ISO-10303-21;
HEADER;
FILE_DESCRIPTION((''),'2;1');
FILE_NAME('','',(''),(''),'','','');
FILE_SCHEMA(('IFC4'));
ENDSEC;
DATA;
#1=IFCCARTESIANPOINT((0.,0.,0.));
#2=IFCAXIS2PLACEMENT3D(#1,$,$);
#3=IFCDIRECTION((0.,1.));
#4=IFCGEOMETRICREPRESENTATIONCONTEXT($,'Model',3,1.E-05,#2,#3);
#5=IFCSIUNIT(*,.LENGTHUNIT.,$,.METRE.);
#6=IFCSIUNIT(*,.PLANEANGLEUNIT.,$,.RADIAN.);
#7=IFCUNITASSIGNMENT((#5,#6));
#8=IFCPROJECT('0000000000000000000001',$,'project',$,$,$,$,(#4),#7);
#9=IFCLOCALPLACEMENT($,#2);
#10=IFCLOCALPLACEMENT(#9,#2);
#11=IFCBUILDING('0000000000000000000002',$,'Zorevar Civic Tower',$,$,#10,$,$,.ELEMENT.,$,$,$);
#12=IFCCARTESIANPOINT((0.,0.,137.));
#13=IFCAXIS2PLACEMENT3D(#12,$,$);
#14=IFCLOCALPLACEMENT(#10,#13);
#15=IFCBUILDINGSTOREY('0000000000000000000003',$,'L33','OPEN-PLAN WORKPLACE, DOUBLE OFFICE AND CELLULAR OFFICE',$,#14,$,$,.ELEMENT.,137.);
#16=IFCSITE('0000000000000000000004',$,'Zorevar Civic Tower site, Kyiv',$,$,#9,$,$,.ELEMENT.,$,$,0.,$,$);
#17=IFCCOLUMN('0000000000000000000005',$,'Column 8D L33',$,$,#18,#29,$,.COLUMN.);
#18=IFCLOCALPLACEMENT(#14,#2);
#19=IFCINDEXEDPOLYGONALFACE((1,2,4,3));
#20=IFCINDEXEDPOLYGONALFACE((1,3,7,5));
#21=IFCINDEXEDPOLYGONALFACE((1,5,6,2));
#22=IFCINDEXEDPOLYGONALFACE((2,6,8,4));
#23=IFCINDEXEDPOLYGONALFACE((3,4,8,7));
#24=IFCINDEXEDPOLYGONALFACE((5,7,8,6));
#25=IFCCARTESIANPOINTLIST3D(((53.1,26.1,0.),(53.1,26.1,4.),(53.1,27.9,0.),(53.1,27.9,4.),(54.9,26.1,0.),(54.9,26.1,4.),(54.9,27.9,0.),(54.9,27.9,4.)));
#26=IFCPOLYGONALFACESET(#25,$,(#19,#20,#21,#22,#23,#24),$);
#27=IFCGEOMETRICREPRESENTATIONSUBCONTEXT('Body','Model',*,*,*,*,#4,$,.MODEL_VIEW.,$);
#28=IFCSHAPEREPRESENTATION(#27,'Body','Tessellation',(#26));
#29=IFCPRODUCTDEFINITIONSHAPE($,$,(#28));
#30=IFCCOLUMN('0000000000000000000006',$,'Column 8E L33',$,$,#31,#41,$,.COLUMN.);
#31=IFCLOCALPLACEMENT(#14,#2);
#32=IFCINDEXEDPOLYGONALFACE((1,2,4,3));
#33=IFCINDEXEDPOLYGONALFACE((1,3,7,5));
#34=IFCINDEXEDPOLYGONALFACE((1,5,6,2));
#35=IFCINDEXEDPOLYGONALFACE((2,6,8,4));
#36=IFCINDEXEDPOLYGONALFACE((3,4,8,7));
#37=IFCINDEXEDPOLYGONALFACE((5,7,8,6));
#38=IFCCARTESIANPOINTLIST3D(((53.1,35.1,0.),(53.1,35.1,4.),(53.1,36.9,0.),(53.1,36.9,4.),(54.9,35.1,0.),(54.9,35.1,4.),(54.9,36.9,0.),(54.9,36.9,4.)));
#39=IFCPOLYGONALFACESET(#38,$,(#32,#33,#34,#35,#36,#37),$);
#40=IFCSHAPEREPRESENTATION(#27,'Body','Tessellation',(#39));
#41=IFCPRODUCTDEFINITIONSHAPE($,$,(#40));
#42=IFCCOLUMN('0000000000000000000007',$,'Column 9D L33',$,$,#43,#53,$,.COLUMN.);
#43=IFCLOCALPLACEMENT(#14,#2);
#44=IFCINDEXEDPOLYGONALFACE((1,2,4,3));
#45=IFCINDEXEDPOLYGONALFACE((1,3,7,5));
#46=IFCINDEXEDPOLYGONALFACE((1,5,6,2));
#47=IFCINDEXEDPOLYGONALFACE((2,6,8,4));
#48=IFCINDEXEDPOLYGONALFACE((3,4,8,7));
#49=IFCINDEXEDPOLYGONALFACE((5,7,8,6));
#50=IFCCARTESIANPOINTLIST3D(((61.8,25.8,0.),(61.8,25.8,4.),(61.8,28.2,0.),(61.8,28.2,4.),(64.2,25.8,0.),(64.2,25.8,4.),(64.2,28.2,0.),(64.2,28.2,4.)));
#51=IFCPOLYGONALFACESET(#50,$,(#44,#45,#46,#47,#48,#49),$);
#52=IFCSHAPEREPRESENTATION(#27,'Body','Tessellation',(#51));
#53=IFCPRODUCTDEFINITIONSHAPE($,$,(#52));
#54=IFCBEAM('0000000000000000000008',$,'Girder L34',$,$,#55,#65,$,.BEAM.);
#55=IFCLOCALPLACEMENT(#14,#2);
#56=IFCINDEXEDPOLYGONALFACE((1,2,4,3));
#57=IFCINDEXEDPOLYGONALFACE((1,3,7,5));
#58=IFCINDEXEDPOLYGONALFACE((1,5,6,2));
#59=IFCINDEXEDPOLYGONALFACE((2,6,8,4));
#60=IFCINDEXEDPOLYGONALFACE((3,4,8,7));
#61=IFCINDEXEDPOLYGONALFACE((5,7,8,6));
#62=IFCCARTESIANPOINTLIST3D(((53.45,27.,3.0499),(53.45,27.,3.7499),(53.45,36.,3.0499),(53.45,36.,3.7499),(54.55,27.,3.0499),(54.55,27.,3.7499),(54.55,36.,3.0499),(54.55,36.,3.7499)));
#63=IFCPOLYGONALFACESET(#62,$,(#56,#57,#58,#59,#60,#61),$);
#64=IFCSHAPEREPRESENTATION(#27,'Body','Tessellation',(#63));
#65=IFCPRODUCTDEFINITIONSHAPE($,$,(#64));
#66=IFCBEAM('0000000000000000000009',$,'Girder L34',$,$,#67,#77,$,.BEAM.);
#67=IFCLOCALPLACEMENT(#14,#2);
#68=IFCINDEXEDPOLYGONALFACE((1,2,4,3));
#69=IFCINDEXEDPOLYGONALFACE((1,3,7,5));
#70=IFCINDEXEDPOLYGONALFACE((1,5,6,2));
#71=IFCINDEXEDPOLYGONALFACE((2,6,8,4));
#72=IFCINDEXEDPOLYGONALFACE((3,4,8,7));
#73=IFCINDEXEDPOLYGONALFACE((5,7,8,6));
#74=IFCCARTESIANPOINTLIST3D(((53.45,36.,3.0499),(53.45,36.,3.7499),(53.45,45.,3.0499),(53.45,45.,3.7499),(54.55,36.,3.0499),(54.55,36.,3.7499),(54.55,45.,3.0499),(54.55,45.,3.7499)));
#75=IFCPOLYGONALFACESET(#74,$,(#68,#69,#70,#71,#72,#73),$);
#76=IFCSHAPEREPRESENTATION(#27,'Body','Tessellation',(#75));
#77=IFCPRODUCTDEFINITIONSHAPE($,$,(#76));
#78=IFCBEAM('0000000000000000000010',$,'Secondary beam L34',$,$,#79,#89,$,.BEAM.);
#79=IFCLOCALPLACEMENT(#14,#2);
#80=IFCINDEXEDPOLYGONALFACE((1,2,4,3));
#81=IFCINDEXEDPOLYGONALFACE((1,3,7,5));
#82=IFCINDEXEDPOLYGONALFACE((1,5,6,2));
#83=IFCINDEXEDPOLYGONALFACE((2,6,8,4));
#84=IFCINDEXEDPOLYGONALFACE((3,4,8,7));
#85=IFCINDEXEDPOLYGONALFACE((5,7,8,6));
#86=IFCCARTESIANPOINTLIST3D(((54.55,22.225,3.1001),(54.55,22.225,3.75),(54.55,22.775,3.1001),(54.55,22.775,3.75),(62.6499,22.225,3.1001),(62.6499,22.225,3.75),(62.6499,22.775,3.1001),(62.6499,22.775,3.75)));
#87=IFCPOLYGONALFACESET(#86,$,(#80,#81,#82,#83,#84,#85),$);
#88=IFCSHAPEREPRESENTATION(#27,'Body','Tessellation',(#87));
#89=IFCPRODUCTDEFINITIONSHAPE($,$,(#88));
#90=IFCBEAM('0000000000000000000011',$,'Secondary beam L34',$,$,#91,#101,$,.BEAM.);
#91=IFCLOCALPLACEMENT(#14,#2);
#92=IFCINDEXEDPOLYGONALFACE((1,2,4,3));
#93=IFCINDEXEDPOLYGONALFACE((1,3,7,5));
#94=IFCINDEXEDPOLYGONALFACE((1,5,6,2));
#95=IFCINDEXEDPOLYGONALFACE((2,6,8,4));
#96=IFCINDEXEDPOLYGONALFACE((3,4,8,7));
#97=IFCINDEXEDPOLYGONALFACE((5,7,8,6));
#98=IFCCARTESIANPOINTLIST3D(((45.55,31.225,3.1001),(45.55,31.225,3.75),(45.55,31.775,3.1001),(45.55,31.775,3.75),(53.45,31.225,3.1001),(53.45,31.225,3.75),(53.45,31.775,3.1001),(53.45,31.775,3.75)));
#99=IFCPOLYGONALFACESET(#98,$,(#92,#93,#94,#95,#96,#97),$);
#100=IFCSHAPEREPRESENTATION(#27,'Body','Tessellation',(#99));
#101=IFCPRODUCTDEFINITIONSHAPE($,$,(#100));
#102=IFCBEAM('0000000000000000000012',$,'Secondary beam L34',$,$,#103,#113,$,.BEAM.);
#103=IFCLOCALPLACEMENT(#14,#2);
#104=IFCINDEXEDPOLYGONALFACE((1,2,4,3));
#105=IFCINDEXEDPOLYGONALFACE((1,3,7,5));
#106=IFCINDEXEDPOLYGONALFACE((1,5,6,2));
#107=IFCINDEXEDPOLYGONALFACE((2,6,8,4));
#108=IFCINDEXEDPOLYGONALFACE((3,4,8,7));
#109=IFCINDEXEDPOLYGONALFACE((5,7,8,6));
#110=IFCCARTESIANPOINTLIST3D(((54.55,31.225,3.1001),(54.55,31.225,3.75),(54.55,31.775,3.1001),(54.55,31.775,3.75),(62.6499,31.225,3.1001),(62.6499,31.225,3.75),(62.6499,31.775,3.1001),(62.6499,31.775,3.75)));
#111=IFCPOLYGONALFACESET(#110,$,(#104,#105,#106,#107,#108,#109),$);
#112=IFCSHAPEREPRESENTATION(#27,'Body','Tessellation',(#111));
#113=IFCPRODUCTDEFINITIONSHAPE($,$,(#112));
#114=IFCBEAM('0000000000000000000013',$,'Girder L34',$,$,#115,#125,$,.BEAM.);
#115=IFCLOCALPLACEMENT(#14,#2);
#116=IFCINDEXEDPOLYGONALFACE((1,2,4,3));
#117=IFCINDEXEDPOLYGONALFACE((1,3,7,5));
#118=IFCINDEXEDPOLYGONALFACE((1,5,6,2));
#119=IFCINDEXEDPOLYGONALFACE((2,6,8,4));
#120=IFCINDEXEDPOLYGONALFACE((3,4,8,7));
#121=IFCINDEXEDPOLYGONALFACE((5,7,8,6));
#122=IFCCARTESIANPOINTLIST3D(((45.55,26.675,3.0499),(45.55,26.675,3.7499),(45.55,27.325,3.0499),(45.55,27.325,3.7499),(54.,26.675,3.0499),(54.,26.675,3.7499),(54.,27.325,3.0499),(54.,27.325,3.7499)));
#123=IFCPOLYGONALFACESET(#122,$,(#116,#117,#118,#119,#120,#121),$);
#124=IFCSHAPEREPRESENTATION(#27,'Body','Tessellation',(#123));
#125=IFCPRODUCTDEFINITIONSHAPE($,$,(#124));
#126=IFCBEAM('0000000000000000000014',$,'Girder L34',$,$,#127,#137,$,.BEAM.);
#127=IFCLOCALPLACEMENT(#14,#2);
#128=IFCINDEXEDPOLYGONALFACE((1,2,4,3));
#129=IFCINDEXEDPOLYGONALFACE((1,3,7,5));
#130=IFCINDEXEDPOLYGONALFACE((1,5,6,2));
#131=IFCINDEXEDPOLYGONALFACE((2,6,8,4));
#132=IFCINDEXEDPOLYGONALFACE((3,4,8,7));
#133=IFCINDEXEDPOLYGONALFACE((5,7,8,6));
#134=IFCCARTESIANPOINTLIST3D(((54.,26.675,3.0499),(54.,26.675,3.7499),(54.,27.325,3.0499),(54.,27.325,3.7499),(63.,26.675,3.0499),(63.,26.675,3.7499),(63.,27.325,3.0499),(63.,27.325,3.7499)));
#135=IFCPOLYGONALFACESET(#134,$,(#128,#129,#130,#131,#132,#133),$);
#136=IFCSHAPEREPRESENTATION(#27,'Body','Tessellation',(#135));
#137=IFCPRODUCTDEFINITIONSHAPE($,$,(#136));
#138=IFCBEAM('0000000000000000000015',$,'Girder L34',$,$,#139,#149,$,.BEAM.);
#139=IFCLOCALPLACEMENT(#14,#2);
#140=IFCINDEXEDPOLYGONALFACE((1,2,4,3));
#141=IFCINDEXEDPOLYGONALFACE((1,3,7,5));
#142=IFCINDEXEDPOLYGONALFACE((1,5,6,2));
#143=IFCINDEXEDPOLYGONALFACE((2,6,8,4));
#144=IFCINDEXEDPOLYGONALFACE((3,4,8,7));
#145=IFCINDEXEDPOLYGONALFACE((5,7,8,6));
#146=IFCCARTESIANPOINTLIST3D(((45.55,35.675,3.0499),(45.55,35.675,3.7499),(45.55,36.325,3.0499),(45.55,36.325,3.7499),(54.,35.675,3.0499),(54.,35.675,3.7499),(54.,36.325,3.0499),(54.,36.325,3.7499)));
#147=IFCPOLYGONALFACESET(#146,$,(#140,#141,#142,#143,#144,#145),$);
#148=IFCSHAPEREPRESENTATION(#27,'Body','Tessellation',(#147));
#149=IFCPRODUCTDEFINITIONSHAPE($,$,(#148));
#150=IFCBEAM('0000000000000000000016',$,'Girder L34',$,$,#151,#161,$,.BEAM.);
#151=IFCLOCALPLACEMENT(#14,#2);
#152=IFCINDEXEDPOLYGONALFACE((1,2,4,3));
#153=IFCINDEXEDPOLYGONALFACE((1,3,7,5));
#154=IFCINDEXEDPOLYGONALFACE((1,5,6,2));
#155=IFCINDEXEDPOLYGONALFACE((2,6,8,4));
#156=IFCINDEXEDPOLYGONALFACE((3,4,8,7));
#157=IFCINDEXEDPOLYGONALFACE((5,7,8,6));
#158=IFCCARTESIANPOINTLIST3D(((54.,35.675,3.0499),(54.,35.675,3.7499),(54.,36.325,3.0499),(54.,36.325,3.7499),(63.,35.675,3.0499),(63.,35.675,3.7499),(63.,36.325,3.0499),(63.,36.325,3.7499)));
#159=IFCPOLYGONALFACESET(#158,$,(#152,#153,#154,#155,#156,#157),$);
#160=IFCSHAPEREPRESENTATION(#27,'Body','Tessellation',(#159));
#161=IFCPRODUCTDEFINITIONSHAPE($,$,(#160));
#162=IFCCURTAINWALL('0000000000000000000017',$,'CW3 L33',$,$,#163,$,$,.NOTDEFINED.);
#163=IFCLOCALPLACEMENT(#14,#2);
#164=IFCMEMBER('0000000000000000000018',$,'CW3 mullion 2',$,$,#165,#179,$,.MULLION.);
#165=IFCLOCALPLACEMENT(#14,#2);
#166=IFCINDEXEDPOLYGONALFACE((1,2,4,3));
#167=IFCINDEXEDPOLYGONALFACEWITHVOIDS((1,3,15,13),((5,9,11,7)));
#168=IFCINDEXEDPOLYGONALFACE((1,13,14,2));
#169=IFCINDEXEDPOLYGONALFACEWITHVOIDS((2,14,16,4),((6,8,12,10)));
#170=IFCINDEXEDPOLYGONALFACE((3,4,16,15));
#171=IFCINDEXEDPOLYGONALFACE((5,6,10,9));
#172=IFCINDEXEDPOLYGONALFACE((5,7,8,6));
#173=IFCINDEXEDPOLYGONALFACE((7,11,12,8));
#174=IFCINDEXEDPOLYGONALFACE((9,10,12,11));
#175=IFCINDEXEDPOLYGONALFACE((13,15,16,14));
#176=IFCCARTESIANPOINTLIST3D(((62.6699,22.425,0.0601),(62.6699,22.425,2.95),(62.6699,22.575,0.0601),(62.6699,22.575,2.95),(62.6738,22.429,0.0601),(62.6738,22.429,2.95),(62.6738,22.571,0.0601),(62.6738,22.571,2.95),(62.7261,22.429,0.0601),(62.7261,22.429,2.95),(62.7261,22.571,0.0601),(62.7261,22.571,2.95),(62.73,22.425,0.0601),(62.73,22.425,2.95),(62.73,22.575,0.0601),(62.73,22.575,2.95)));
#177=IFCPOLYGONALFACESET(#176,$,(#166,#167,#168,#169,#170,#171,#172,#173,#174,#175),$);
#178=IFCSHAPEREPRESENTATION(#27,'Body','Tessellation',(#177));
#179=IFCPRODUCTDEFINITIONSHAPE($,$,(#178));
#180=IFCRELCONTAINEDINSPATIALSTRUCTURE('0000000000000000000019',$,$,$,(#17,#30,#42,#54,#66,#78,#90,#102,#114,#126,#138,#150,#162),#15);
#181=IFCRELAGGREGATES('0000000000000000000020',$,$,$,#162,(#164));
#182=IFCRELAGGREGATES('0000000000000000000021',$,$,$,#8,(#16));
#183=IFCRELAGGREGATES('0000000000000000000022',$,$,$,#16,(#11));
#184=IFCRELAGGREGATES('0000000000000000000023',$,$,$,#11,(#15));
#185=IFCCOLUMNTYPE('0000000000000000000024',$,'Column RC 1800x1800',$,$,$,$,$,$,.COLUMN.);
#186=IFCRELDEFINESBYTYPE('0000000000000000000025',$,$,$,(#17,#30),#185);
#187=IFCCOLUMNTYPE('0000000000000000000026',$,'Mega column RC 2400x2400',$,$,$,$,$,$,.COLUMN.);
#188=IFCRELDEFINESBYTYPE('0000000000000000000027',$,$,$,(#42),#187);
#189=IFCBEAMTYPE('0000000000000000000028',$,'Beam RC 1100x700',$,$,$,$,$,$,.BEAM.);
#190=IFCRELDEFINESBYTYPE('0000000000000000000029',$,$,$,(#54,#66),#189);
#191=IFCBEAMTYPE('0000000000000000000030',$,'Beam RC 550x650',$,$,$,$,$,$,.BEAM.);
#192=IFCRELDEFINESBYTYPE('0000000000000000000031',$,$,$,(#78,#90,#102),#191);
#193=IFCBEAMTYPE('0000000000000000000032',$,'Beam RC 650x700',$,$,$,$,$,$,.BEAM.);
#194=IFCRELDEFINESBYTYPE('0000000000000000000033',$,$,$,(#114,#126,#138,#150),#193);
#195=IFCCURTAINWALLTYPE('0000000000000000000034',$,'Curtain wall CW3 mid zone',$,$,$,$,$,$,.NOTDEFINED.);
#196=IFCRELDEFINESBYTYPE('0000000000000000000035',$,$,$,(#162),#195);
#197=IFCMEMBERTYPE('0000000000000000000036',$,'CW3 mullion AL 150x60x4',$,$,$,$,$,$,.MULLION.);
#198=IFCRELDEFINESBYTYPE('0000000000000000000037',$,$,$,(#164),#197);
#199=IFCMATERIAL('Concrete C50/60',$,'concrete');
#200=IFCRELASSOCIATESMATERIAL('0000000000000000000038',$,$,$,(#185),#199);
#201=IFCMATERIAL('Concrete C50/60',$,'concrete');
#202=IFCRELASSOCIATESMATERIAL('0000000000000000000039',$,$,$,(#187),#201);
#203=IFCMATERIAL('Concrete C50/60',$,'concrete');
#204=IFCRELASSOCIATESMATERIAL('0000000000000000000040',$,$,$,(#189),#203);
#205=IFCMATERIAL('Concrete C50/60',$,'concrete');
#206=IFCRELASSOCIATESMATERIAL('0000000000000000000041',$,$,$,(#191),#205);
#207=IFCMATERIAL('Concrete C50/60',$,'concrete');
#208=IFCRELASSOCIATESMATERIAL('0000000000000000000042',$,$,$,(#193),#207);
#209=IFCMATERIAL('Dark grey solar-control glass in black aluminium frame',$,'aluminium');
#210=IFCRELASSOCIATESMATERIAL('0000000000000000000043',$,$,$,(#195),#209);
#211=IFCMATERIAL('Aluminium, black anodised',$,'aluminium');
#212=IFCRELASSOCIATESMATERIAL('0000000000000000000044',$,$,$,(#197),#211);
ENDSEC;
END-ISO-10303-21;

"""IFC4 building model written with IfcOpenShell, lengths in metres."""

from ifc_helpers import new_model, si_unit, direction, frame, origin, origin_2d, place, context, subcontext, project, spatial, rectangle, hollow_rectangle, extrude, material, material_profile, profile_set, type_object, element, aggregate, save


model = new_model("IFC4")

# Units and contexts
model_context = context("Model", 3, precision=1e-05, world=origin(), true_north=direction((0.0, 1.0)))
body_context = subcontext(model_context, "Body", "Model", "MODEL_VIEW")
ifc_project = project(units=[si_unit("LENGTHUNIT", "METRE"), si_unit("PLANEANGLEUNIT", "RADIAN")], contexts=[model_context])

# Site, building, storey
site_placement = place(None, origin())
site = spatial("IfcSite", under=ifc_project, at=site_placement, Name="Zorevar Civic Tower site, Kyiv", CompositionType="ELEMENT", RefElevation=0.0)
building_placement = place(site_placement, origin())
building = spatial("IfcBuilding", under=site, at=building_placement, Name="Zorevar Civic Tower", CompositionType="ELEMENT")
storey_placement = place(building_placement, frame((0.0, 0.0, 137.0)))
storey = spatial("IfcBuildingStorey", under=building, at=storey_placement, Name="L33", Description="OPEN-PLAN WORKPLACE, DOUBLE OFFICE AND CELLULAR OFFICE", CompositionType="ELEMENT", Elevation=137.0)

# Columns
ifc_material_1 = material(Name="Concrete C50/60", Category="concrete")
ifc_material_profile_1 = material_profile(ifc_material_1, rectangle(XDim=1.8, YDim=1.8, at=origin_2d()), Name="RC 1800x1800")
ifc_profile_set_1 = profile_set([ifc_material_profile_1], Name="Concrete C50/60")
column_type_1 = type_object("IfcColumnType", Name="Column RC 1800x1800", PredefinedType="COLUMN", material=ifc_profile_set_1)
for number, where, z_axis, x_axis, name in (
    (1, (54.0, 27.0, 0.0), (0.0, 0.0, 1.0), (1.0, 0.0, 0.0), "Column 8D L33"),
    (2, (54.0, 36.0, 0.0), (0.0, 0.0, 1.0), (1.0, 0.0, 0.0), "Column 8E L33"),
):
    element("IfcColumn", number, at=place(storey_placement, frame(where, z_axis=z_axis, x_axis=x_axis)), inside=storey, type_object=column_type_1, Name=name, PredefinedType="COLUMN", context=body_context, shape_type="SweptSolid", body=[
        extrude(rectangle(XDim=1.8, YDim=1.8, at=origin_2d()), origin(), (0.0, 0.0, 1.0), 4.0),
    ])
ifc_material_2 = material(Name="Concrete C50/60", Category="concrete")
ifc_material_profile_2 = material_profile(ifc_material_2, rectangle(XDim=2.3999, YDim=2.3999, at=origin_2d()), Name="RC 2400x2400")
ifc_profile_set_2 = profile_set([ifc_material_profile_2], Name="Concrete C50/60")
column_type_2 = type_object("IfcColumnType", Name="Mega column RC 2400x2400", PredefinedType="COLUMN", material=ifc_profile_set_2)
column_placement = place(storey_placement, frame((63.0, 27.0, 0.0), z_axis=(0.0, 0.0, 1.0), x_axis=(1.0, 0.0, 0.0)))
element("IfcColumn", 3, at=column_placement, inside=storey, type_object=column_type_2, Name="Column 9D L33", PredefinedType="COLUMN", context=body_context, shape_type="SweptSolid", body=[
    extrude(rectangle(XDim=2.3999, YDim=2.3999, at=origin_2d()), origin(), (0.0, 0.0, 1.0), 4.0),
])

# Beams
ifc_material_3 = material(Name="Concrete C50/60", Category="concrete")
ifc_material_profile_3 = material_profile(ifc_material_3, rectangle(XDim=1.1001, YDim=0.7, at=origin_2d()), Name="RC 1100x700")
ifc_profile_set_3 = profile_set([ifc_material_profile_3], Name="Concrete C50/60")
beam_type_1 = type_object("IfcBeamType", Name="Beam RC 1100x700", PredefinedType="BEAM", material=ifc_profile_set_3)
for number, where, z_axis, x_axis, name in (
    (4, (54.0, 27.0, 3.3999), (0.0, 1.0, 0.0), (-1.0, 0.0, 0.0), "Girder L34"),
    (5, (54.0, 36.0, 3.3999), (0.0, 1.0, 0.0), (-1.0, 0.0, 0.0), "Girder L34"),
):
    element("IfcBeam", number, at=place(storey_placement, frame(where, z_axis=z_axis, x_axis=x_axis)), inside=storey, type_object=beam_type_1, Name=name, PredefinedType="BEAM", context=body_context, shape_type="SweptSolid", body=[
        extrude(rectangle(XDim=1.1001, YDim=0.7, at=origin_2d()), origin(), (0.0, 0.0, 1.0), 9.0),
    ])
ifc_material_4 = material(Name="Concrete C50/60", Category="concrete")
ifc_material_profile_4 = material_profile(ifc_material_4, rectangle(XDim=0.55, YDim=0.6499, at=origin_2d()), Name="RC 550x650")
ifc_profile_set_4 = profile_set([ifc_material_profile_4], Name="Concrete C50/60")
beam_type_2 = type_object("IfcBeamType", Name="Beam RC 550x650", PredefinedType="BEAM", material=ifc_profile_set_4)
beam_1_placement = place(storey_placement, frame((54.55, 22.5, 3.425), z_axis=(1.0, 0.0, 0.0), x_axis=(0.0, 1.0, 0.0)))
element("IfcBeam", 6, at=beam_1_placement, inside=storey, type_object=beam_type_2, Name="Secondary beam L34", PredefinedType="BEAM", context=body_context, shape_type="SweptSolid", body=[
    extrude(rectangle(XDim=0.55, YDim=0.6499, at=origin_2d()), origin(), (0.0, 0.0, 1.0), 8.0999),
])
beam_2_placement = place(storey_placement, frame((45.55, 31.5, 3.425), z_axis=(1.0, 0.0, 0.0), x_axis=(0.0, 1.0, 0.0)))
element("IfcBeam", 7, at=beam_2_placement, inside=storey, type_object=beam_type_2, Name="Secondary beam L34", PredefinedType="BEAM", context=body_context, shape_type="SweptSolid", body=[
    extrude(rectangle(XDim=0.55, YDim=0.6499, at=origin_2d()), origin(), (0.0, 0.0, 1.0), 7.8999),
])
beam_3_placement = place(storey_placement, frame((54.55, 31.5, 3.425), z_axis=(1.0, 0.0, 0.0), x_axis=(0.0, 1.0, 0.0)))
element("IfcBeam", 8, at=beam_3_placement, inside=storey, type_object=beam_type_2, Name="Secondary beam L34", PredefinedType="BEAM", context=body_context, shape_type="SweptSolid", body=[
    extrude(rectangle(XDim=0.55, YDim=0.6499, at=origin_2d()), origin(), (0.0, 0.0, 1.0), 8.0999),
])
ifc_material_5 = material(Name="Concrete C50/60", Category="concrete")
ifc_material_profile_5 = material_profile(ifc_material_5, rectangle(XDim=0.6499, YDim=0.7, at=origin_2d()), Name="RC 650x700")
ifc_profile_set_5 = profile_set([ifc_material_profile_5], Name="Concrete C50/60")
beam_type_3 = type_object("IfcBeamType", Name="Beam RC 650x700", PredefinedType="BEAM", material=ifc_profile_set_5)
beam_4_placement = place(storey_placement, frame((45.55, 27.0, 3.3999), z_axis=(1.0, 0.0, 0.0), x_axis=(0.0, 1.0, 0.0)))
element("IfcBeam", 9, at=beam_4_placement, inside=storey, type_object=beam_type_3, Name="Girder L34", PredefinedType="BEAM", context=body_context, shape_type="SweptSolid", body=[
    extrude(rectangle(XDim=0.6499, YDim=0.7, at=origin_2d()), origin(), (0.0, 0.0, 1.0), 8.45),
])
beam_5_placement = place(storey_placement, frame((54.0, 27.0, 3.3999), z_axis=(1.0, 0.0, 0.0), x_axis=(0.0, 1.0, 0.0)))
element("IfcBeam", 10, at=beam_5_placement, inside=storey, type_object=beam_type_3, Name="Girder L34", PredefinedType="BEAM", context=body_context, shape_type="SweptSolid", body=[
    extrude(rectangle(XDim=0.6499, YDim=0.7, at=origin_2d()), origin(), (0.0, 0.0, 1.0), 9.0),
])
beam_6_placement = place(storey_placement, frame((45.55, 36.0, 3.3999), z_axis=(1.0, 0.0, 0.0), x_axis=(0.0, 1.0, 0.0)))
element("IfcBeam", 11, at=beam_6_placement, inside=storey, type_object=beam_type_3, Name="Girder L34", PredefinedType="BEAM", context=body_context, shape_type="SweptSolid", body=[
    extrude(rectangle(XDim=0.6499, YDim=0.7, at=origin_2d()), origin(), (0.0, 0.0, 1.0), 8.45),
])
beam_7_placement = place(storey_placement, frame((54.0, 36.0, 3.3999), z_axis=(1.0, 0.0, 0.0), x_axis=(0.0, 1.0, 0.0)))
element("IfcBeam", 12, at=beam_7_placement, inside=storey, type_object=beam_type_3, Name="Girder L34", PredefinedType="BEAM", context=body_context, shape_type="SweptSolid", body=[
    extrude(rectangle(XDim=0.6499, YDim=0.7, at=origin_2d()), origin(), (0.0, 0.0, 1.0), 9.0),
])

# Curtain wall, member
ifc_material_6 = material(Name="Dark grey solar-control glass in black aluminium frame", Category="aluminium")
curtain_wall_type = type_object("IfcCurtainWallType", Name="Curtain wall CW3 mid zone", PredefinedType="NOTDEFINED", material=ifc_material_6)
curtain_wall_1_placement = place(storey_placement, origin())
curtain_wall_1 = element("IfcCurtainWall", 13, at=curtain_wall_1_placement, inside=storey, type_object=curtain_wall_type, Name="CW3 L33", PredefinedType="NOTDEFINED")
ifc_material_7 = material(Name="Aluminium, black anodised", Category="aluminium")
ifc_material_profile_6 = material_profile(ifc_material_7, hollow_rectangle(XDim=0.0601, YDim=0.1499, WallThickness=0.0039, at=origin_2d()), Name="AL 150x60x4")
ifc_profile_set_6 = profile_set([ifc_material_profile_6], Name="Aluminium, black anodised")
member_type_1 = type_object("IfcMemberType", Name="CW3 mullion AL 150x60x4", PredefinedType="MULLION", material=ifc_profile_set_6)
member_1_placement = place(storey_placement, frame((62.7, 22.5, 0.0601), z_axis=(0.0, 0.0, 1.0), x_axis=(-1.0, 0.0, 0.0)))
member_1 = element("IfcMember", 14, at=member_1_placement, type_object=member_type_1, Name="CW3 mullion 2", PredefinedType="MULLION", context=body_context, shape_type="SweptSolid", body=[
    extrude(hollow_rectangle(XDim=0.0601, YDim=0.1499, WallThickness=0.0039, at=origin_2d()), origin(), (0.0, 0.0, 1.0), 2.8899),
])

aggregate(curtain_wall_1, [member_1])

save(model, "model.ifc")
